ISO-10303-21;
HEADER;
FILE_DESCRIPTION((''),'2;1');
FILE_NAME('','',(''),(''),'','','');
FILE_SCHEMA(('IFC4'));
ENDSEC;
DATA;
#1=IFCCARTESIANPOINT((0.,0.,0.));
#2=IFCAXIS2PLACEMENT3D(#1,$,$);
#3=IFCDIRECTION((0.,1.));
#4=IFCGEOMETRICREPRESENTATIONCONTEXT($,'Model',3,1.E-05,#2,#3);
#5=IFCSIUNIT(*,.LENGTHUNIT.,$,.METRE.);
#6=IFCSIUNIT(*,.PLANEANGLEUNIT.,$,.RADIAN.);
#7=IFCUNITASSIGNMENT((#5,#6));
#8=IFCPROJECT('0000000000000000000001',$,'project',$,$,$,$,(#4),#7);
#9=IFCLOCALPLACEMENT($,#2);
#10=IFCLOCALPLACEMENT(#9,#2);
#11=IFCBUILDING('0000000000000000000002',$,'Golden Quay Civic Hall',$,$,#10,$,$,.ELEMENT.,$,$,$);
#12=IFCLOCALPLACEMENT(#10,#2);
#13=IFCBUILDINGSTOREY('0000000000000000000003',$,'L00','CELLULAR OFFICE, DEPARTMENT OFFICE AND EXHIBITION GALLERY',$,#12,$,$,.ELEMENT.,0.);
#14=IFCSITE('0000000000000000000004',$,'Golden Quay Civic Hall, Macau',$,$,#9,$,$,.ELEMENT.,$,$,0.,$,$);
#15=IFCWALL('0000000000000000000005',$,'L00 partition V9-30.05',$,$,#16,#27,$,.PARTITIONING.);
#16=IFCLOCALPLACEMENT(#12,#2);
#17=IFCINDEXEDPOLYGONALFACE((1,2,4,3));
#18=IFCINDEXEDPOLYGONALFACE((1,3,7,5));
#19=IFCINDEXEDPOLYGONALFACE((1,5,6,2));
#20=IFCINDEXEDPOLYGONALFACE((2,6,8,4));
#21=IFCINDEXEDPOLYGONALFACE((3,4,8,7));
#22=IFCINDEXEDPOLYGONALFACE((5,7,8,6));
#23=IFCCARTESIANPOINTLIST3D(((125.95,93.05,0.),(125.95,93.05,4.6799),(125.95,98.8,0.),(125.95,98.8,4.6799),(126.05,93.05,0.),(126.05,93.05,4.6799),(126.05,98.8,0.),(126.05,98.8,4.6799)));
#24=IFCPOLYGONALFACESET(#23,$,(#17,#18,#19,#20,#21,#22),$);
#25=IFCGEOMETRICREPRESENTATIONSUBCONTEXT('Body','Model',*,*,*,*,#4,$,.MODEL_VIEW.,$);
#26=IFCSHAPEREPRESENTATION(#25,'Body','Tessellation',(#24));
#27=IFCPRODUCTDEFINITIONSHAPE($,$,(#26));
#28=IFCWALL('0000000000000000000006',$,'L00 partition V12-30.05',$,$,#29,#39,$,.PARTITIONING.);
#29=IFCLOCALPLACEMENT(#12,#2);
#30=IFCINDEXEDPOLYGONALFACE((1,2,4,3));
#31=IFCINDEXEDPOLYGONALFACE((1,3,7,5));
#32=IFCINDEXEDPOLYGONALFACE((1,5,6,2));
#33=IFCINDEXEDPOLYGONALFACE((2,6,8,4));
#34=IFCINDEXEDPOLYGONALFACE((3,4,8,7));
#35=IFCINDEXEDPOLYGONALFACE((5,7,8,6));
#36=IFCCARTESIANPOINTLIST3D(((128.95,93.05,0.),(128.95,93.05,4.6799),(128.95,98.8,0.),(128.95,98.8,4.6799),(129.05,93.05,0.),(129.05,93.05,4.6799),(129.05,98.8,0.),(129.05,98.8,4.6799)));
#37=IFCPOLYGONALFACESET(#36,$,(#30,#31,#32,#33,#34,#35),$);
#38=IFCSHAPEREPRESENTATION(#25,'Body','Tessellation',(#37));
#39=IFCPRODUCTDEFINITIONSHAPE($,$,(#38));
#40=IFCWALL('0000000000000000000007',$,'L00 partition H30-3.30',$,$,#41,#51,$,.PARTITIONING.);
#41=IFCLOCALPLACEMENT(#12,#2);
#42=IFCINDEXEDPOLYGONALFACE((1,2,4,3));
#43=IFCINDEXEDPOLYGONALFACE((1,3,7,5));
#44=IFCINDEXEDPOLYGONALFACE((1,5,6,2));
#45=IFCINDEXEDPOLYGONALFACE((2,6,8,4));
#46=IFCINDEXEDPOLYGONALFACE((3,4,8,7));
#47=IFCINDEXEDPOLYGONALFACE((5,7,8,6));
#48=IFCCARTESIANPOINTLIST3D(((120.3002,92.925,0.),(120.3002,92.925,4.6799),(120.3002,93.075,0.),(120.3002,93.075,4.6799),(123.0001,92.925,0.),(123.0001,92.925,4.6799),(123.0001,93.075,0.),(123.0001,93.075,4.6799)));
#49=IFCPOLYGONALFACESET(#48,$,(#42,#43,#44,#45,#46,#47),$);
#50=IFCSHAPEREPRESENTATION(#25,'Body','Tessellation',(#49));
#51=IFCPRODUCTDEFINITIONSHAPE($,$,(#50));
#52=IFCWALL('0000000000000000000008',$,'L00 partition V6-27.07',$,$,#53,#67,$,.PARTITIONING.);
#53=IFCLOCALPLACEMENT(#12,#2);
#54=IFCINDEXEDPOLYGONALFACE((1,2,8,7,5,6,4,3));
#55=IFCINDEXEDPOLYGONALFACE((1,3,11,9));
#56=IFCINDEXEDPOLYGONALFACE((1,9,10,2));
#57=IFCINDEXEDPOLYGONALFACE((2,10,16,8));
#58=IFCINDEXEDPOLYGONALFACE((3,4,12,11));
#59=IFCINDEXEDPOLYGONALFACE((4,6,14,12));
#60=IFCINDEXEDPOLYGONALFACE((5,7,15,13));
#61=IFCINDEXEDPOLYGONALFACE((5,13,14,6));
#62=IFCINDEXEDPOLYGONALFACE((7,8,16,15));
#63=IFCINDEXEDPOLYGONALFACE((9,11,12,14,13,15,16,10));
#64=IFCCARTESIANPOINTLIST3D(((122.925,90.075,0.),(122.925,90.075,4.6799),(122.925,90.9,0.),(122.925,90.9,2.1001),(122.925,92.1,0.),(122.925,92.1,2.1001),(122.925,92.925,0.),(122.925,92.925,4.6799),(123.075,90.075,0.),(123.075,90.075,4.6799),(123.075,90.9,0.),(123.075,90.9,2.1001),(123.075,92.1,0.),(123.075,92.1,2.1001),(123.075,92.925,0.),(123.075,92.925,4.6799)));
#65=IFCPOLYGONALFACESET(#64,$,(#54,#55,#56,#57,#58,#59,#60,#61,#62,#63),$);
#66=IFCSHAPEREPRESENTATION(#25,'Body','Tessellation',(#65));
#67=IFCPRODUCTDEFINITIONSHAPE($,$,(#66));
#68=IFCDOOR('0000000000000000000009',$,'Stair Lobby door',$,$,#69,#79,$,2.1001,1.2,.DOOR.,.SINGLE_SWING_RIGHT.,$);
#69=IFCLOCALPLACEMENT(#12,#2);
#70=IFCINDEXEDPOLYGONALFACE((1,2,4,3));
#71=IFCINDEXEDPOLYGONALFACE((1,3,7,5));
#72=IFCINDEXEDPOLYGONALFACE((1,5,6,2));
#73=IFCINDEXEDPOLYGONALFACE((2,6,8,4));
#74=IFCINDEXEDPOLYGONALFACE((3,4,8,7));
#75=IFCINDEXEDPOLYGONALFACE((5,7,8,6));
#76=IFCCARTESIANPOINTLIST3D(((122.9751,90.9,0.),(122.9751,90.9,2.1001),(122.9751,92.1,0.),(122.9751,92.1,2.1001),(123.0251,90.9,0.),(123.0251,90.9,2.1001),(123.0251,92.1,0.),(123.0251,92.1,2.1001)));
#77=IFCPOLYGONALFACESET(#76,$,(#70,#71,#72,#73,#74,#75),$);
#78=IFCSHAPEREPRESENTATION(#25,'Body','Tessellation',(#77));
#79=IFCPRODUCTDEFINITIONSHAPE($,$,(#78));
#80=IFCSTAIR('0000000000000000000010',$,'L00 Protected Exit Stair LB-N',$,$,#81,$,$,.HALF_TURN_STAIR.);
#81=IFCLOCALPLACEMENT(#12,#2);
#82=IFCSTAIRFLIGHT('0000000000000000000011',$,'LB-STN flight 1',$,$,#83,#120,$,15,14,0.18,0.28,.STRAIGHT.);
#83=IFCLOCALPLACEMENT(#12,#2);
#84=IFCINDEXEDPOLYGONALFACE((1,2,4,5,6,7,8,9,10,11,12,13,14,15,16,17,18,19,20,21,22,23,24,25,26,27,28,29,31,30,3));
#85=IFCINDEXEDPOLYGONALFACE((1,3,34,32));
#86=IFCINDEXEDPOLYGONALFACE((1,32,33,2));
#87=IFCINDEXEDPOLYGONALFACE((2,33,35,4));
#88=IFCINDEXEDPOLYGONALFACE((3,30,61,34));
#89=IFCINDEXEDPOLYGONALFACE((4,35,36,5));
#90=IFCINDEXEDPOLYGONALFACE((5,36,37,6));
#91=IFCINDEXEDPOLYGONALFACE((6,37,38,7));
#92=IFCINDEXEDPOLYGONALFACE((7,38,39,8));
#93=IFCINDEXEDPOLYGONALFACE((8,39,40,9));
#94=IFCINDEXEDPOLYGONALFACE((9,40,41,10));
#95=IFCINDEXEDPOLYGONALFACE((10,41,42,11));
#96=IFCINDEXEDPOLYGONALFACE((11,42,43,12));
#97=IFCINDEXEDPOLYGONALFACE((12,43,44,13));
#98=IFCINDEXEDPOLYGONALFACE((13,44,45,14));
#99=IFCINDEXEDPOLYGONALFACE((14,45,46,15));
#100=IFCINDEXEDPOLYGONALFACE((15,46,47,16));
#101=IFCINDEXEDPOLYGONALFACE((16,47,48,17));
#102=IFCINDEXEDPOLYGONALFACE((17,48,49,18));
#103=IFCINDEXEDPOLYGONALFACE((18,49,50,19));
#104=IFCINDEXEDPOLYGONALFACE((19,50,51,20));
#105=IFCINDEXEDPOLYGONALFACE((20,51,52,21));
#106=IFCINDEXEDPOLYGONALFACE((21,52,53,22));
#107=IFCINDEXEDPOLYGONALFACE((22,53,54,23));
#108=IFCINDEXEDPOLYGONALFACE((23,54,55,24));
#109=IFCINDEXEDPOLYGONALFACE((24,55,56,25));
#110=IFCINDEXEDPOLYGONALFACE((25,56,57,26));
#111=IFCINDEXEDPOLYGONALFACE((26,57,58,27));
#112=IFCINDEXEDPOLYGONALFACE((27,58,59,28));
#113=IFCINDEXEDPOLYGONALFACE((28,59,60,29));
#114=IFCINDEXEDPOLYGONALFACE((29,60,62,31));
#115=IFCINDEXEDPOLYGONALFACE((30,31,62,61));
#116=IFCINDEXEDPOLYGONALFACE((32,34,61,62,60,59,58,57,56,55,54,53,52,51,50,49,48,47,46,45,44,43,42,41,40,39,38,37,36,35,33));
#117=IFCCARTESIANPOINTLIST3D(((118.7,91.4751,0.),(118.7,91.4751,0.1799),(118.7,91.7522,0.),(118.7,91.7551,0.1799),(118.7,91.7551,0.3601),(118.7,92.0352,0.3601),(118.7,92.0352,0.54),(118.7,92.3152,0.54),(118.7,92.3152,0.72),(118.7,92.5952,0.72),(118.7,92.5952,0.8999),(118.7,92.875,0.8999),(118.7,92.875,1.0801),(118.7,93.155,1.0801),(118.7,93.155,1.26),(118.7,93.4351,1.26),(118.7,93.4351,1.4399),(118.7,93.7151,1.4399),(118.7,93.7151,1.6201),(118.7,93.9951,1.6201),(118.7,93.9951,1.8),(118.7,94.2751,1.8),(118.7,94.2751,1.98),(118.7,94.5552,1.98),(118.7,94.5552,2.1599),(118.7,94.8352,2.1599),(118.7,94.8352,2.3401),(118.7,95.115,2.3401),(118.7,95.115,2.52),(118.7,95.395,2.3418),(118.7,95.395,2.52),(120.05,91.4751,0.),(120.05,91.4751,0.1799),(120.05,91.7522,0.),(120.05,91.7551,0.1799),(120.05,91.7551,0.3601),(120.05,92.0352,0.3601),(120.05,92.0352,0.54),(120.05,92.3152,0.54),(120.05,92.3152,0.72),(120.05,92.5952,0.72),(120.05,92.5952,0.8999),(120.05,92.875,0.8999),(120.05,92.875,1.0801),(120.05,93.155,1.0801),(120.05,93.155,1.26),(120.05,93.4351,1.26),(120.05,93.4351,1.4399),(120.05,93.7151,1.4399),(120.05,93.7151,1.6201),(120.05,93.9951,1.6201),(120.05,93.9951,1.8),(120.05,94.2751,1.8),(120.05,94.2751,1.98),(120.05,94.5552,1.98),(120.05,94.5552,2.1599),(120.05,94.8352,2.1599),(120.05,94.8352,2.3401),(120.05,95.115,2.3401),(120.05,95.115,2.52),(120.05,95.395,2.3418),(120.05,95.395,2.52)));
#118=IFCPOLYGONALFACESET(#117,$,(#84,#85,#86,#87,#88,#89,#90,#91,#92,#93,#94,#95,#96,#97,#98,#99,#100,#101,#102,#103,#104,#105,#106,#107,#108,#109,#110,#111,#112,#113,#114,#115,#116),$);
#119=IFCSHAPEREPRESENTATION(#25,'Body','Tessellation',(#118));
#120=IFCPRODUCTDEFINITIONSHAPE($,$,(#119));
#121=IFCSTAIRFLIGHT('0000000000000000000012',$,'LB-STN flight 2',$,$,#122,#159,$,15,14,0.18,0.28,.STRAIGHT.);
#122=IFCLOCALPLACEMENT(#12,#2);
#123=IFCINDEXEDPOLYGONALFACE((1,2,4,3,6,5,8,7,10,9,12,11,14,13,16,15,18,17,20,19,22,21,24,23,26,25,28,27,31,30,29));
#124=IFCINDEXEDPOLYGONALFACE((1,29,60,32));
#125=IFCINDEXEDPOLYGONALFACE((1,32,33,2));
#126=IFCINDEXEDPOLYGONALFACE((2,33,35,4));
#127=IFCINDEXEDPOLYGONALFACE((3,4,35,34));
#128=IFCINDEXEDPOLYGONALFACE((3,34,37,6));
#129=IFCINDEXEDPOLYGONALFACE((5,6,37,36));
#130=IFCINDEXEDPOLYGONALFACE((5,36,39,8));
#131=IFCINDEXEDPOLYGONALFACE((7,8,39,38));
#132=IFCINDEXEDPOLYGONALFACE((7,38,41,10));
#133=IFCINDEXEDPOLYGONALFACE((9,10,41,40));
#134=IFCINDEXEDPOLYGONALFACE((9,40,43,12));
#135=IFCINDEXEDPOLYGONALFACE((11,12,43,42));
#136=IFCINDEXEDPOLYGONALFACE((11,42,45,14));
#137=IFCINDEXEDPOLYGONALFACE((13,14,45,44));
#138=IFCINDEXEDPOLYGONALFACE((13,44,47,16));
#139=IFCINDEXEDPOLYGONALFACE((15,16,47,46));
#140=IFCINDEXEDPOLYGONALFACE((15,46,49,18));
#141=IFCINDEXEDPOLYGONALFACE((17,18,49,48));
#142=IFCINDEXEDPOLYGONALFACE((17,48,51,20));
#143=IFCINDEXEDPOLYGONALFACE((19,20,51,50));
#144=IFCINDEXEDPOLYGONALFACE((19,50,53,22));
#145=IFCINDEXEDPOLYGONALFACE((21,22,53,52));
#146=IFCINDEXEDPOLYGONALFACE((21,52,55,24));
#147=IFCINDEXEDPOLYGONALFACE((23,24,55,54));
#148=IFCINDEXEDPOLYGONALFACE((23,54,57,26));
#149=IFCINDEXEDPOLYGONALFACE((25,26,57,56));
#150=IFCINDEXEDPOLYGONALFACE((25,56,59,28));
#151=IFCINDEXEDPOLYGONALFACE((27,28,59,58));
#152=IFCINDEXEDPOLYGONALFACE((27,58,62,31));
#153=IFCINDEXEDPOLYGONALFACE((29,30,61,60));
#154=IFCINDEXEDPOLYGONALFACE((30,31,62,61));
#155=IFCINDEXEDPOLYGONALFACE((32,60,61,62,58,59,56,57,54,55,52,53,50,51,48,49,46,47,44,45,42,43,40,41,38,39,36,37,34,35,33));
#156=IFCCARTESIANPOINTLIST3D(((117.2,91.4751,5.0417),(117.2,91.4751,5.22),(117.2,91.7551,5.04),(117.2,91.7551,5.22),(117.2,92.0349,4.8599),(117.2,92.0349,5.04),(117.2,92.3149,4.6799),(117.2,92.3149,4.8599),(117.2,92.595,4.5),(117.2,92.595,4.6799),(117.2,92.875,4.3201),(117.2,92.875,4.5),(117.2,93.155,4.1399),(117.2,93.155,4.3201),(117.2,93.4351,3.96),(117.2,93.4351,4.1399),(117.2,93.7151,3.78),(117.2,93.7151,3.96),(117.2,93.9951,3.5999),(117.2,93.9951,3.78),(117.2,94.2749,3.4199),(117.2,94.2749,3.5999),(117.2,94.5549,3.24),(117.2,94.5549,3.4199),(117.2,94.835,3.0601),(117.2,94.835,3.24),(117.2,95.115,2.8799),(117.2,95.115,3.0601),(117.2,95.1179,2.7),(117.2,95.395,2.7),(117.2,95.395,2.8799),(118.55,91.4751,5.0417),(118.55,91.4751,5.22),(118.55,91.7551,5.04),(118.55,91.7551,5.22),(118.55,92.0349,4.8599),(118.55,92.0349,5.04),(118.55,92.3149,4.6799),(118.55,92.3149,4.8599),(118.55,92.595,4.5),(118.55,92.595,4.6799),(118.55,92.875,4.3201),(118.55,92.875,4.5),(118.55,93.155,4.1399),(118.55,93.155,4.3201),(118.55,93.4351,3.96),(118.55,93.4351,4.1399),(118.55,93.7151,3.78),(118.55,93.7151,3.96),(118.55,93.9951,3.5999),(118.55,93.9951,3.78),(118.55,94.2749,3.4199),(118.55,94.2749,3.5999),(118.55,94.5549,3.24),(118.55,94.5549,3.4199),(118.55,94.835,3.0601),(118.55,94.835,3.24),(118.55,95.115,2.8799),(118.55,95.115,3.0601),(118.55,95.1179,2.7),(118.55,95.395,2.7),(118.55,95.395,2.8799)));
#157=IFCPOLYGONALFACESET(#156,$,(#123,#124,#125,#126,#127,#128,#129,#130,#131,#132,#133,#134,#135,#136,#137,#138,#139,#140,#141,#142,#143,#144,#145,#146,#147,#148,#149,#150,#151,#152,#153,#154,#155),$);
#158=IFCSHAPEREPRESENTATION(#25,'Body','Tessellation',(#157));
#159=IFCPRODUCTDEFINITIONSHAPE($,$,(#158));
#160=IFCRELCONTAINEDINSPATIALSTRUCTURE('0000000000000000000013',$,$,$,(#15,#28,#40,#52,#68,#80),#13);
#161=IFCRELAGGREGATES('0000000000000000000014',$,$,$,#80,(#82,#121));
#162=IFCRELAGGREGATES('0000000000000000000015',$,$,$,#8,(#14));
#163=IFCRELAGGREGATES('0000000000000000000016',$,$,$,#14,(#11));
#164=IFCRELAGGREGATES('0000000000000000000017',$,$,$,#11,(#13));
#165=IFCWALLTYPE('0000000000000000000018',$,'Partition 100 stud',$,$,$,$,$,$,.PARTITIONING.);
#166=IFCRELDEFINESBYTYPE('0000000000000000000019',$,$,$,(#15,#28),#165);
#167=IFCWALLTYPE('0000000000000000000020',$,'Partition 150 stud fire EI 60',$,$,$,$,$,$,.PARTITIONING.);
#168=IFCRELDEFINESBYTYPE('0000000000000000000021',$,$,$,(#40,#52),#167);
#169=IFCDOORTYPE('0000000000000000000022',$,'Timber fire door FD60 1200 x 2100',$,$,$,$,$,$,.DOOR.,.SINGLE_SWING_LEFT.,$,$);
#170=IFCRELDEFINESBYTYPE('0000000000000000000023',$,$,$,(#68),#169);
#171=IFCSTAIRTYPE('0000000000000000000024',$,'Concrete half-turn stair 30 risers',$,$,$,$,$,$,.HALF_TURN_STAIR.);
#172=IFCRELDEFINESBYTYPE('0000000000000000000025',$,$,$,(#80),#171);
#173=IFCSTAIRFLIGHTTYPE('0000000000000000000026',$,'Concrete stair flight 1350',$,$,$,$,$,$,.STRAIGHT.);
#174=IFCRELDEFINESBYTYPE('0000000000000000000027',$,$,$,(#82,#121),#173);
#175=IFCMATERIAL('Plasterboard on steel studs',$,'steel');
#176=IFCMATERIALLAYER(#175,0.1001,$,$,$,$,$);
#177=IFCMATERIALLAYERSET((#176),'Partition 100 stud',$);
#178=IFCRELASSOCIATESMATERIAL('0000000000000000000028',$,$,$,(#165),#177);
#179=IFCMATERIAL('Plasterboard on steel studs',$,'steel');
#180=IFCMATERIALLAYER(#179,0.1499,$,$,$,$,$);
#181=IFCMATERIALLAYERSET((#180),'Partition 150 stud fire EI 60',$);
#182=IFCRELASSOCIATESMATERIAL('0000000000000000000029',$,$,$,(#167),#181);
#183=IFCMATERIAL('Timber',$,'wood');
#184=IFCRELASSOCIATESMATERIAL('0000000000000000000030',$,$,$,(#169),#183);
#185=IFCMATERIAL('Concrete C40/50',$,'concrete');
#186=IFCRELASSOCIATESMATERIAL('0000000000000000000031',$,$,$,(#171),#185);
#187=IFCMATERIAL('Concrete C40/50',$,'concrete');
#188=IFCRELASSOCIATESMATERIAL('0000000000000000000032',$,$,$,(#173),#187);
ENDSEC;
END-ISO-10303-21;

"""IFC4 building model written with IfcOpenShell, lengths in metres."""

from ifc_helpers import new_model, si_unit, direction, frame, frame_2d, origin, place, context, subcontext, project, spatial, polyline, rectangle, outline, extrude, material, layer, layer_set, type_object, element, fill, aggregate, save


model = new_model("IFC4")

# Units and contexts
model_context = context("Model", 3, precision=1e-05, world=origin(), true_north=direction((0.0, 1.0)))
body_context = subcontext(model_context, "Body", "Model", "MODEL_VIEW")
ifc_project = project(units=[si_unit("LENGTHUNIT", "METRE"), si_unit("PLANEANGLEUNIT", "RADIAN")], contexts=[model_context])

# Site, building, storey
site_placement = place(None, origin())
site = spatial("IfcSite", under=ifc_project, at=site_placement, Name="Golden Quay Civic Hall, Macau", CompositionType="ELEMENT", RefElevation=0.0)
building_placement = place(site_placement, origin())
building = spatial("IfcBuilding", under=site, at=building_placement, Name="Golden Quay Civic Hall", CompositionType="ELEMENT")
storey_placement = place(building_placement, origin())
storey = spatial("IfcBuildingStorey", under=building, at=storey_placement, Name="L00", Description="CELLULAR OFFICE, DEPARTMENT OFFICE AND EXHIBITION GALLERY", CompositionType="ELEMENT", Elevation=0.0)

# Shared definitions
ifc_material_1 = material(Name="Plasterboard on steel studs", Category="steel")
ifc_layer_1 = layer(ifc_material_1, 0.1001)
ifc_layer_set_1 = layer_set([ifc_layer_1], Name="Partition 100 stud")
wall_type_1 = type_object("IfcWallType", Name="Partition 100 stud", PredefinedType="PARTITIONING", material=ifc_layer_set_1)

# Walls
for number, where, z_axis, x_axis, name in (
    (1, (126.0, 93.05, 0.0), (0.0, 0.0, 1.0), (0.0, 1.0, 0.0), "L00 partition V9-30.05"),
    (2, (129.0, 93.05, 0.0), (0.0, 0.0, 1.0), (0.0, 1.0, 0.0), "L00 partition V12-30.05"),
):
    element("IfcWall", number, at=place(storey_placement, frame(where, z_axis=z_axis, x_axis=x_axis)), inside=storey, type_object=wall_type_1, Name=name, PredefinedType="PARTITIONING", context=body_context, shape_type="SweptSolid", body=[
        extrude(rectangle(XDim=5.75, YDim=0.1001, at=frame_2d((2.875, 0.0))), origin(), (0.0, 0.0, 1.0), 4.6799),
    ])
ifc_material_2 = material(Name="Plasterboard on steel studs", Category="steel")
ifc_layer_2 = layer(ifc_material_2, 0.1499)
ifc_layer_set_2 = layer_set([ifc_layer_2], Name="Partition 150 stud fire EI 60")
wall_type_2 = type_object("IfcWallType", Name="Partition 150 stud fire EI 60", PredefinedType="PARTITIONING", material=ifc_layer_set_2)
wall_1_placement = place(storey_placement, frame((120.3, 93.0, 0.0), z_axis=(0.0, 0.0, 1.0), x_axis=(1.0, 0.0, 0.0)))
element("IfcWall", 3, at=wall_1_placement, inside=storey, type_object=wall_type_2, Name="L00 partition H30-3.30", PredefinedType="PARTITIONING", context=body_context, shape_type="SweptSolid", body=[
    extrude(rectangle(XDim=2.7, YDim=0.1499, at=frame_2d((1.3501, 0.0))), origin(), (0.0, 0.0, 1.0), 4.6799),
])

# Wall, opening, door
wall_2_placement = place(storey_placement, frame((123.0, 90.075, 0.0), z_axis=(0.0, 0.0, 1.0), x_axis=(0.0, 1.0, 0.0)))
wall_2 = element("IfcWall", 4, at=wall_2_placement, inside=storey, type_object=wall_type_2, Name="L00 partition V6-27.07", PredefinedType="PARTITIONING", context=body_context, shape_type="SweptSolid", body=[
    extrude(rectangle(XDim=2.8501, YDim=0.1499, at=frame_2d((1.425, 0.0))), origin(), (0.0, 0.0, 1.0), 4.6799),
])
opening_1_placement = place(wall_2_placement, frame((0.825, 0.0, 0.0)))
opening_1 = element("IfcOpeningElement", 5, at=opening_1_placement, cuts=wall_2, PredefinedType="OPENING", context=body_context, shape_type="SweptSolid", body=[
    extrude(rectangle(XDim=1.2, YDim=2.1001, at=frame_2d((0.6001, 1.05))), frame((0.0, 0.085, 0.0), z_axis=(0.0, -1.0, 0.0), x_axis=(1.0, 0.0, 0.0)), (0.0, 0.0, 1.0), 0.1699),
])
ifc_material_3 = material(Name="Timber", Category="wood")
door_type_1 = type_object("IfcDoorType", Name="Timber fire door FD60 1200 x 2100", OperationType="SINGLE_SWING_LEFT", PredefinedType="DOOR", material=ifc_material_3)
door_1_placement = place(opening_1_placement, frame((1.2, 0.0, 0.0), z_axis=(0.0, 0.0, 1.0), x_axis=(-1.0, 0.0, 0.0)))
door_1 = element("IfcDoor", 6, at=door_1_placement, inside=storey, type_object=door_type_1, Name="Stair Lobby door", OperationType="SINGLE_SWING_RIGHT", OverallHeight=2.1001, OverallWidth=1.2, PredefinedType="DOOR", context=body_context, shape_type="SweptSolid", body=[
    extrude(rectangle(XDim=1.2, YDim=2.1001, at=frame_2d((0.5999, 1.05))), frame((0.0, 0.0251, 0.0), z_axis=(0.0, -1.0, 0.0), x_axis=(1.0, 0.0, 0.0)), (0.0, 0.0, 1.0), 0.05),
])
fill(opening_1, door_1)

# Stair, stair flights
ifc_material_4 = material(Name="Concrete C40/50", Category="concrete")
stair_type = type_object("IfcStairType", Name="Concrete half-turn stair 30 risers", PredefinedType="HALF_TURN_STAIR", material=ifc_material_4)
stair_placement = place(storey_placement, origin())
stair = element("IfcStair", 7, at=stair_placement, inside=storey, type_object=stair_type, Name="L00 Protected Exit Stair LB-N", PredefinedType="HALF_TURN_STAIR")
ifc_material_5 = material(Name="Concrete C40/50", Category="concrete")
stair_flight_type = type_object("IfcStairFlightType", Name="Concrete stair flight 1350", PredefinedType="STRAIGHT", material=ifc_material_5)
stair_flight_1_placement = place(storey_placement, frame((119.375, 91.4751, 0.0), z_axis=(0.0, 0.0, 1.0), x_axis=(0.0, 1.0, 0.0)))
stair_flight_1 = element("IfcStairFlight", 8, at=stair_flight_1_placement, type_object=stair_flight_type, Name="LB-STN flight 1", NumberOfRisers=15, NumberOfTreads=14, PredefinedType="STRAIGHT", RiserHeight=0.18, TreadLength=0.28, context=body_context, shape_type="SweptSolid", body=[
    extrude(outline(polyline([(0.0, 0.0), (0.0, 0.1799), (0.28, 0.1799), (0.28, 0.3601), (0.5601, 0.3601), (0.5601, 0.54), (0.8401, 0.54), (0.8401, 0.72), (1.1201, 0.72), (1.1201, 0.8999), (1.3999, 0.8999), (1.3999, 1.0801), (1.6799, 1.0801), (1.6799, 1.26), (1.96, 1.26), (1.96, 1.4399), (2.24, 1.4399), (2.24, 1.6201), (2.52, 1.6201), (2.52, 1.8), (2.8, 1.8), (2.8, 1.98), (3.0801, 1.98), (3.0801, 2.1599), (3.3601, 2.1599), (3.3601, 2.3401), (3.6399, 2.3401), (3.6399, 2.52), (3.9199, 2.52), (3.9199, 2.7), (3.9199, 2.3418), (0.2771, 0.0), (0.0, 0.0)])), frame((0.0, 0.675, 0.0), z_axis=(0.0, -1.0, 0.0), x_axis=(1.0, 0.0, 0.0)), (0.0, 0.0, 1.0), 1.35),
])
stair_flight_2_placement = place(storey_placement, frame((117.875, 95.395, 2.7), z_axis=(0.0, 0.0, 1.0), x_axis=(0.0, -1.0, 0.0)))
stair_flight_2 = element("IfcStairFlight", 9, at=stair_flight_2_placement, type_object=stair_flight_type, Name="LB-STN flight 2", NumberOfRisers=15, NumberOfTreads=14, PredefinedType="STRAIGHT", RiserHeight=0.18, TreadLength=0.28, context=body_context, shape_type="SweptSolid", body=[
    extrude(outline(polyline([(0.0, 0.0), (0.0, 0.1799), (0.28, 0.1799), (0.28, 0.3601), (0.5601, 0.3601), (0.5601, 0.54), (0.8401, 0.54), (0.8401, 0.72), (1.1201, 0.72), (1.1201, 0.8999), (1.3999, 0.8999), (1.3999, 1.0801), (1.6799, 1.0801), (1.6799, 1.26), (1.96, 1.26), (1.96, 1.4399), (2.24, 1.4399), (2.24, 1.6201), (2.52, 1.6201), (2.52, 1.8), (2.8, 1.8), (2.8, 1.98), (3.0801, 1.98), (3.0801, 2.1599), (3.3601, 2.1599), (3.3601, 2.3401), (3.6399, 2.3401), (3.6399, 2.52), (3.9199, 2.52), (3.9199, 2.7), (3.9199, 2.3418), (0.2771, 0.0), (0.0, 0.0)])), frame((0.0, 0.675, 0.0), z_axis=(0.0, -1.0, 0.0), x_axis=(1.0, 0.0, 0.0)), (0.0, 0.0, 1.0), 1.35),
])
aggregate(stair, [stair_flight_1, stair_flight_2])

save(model, "model.ifc")
